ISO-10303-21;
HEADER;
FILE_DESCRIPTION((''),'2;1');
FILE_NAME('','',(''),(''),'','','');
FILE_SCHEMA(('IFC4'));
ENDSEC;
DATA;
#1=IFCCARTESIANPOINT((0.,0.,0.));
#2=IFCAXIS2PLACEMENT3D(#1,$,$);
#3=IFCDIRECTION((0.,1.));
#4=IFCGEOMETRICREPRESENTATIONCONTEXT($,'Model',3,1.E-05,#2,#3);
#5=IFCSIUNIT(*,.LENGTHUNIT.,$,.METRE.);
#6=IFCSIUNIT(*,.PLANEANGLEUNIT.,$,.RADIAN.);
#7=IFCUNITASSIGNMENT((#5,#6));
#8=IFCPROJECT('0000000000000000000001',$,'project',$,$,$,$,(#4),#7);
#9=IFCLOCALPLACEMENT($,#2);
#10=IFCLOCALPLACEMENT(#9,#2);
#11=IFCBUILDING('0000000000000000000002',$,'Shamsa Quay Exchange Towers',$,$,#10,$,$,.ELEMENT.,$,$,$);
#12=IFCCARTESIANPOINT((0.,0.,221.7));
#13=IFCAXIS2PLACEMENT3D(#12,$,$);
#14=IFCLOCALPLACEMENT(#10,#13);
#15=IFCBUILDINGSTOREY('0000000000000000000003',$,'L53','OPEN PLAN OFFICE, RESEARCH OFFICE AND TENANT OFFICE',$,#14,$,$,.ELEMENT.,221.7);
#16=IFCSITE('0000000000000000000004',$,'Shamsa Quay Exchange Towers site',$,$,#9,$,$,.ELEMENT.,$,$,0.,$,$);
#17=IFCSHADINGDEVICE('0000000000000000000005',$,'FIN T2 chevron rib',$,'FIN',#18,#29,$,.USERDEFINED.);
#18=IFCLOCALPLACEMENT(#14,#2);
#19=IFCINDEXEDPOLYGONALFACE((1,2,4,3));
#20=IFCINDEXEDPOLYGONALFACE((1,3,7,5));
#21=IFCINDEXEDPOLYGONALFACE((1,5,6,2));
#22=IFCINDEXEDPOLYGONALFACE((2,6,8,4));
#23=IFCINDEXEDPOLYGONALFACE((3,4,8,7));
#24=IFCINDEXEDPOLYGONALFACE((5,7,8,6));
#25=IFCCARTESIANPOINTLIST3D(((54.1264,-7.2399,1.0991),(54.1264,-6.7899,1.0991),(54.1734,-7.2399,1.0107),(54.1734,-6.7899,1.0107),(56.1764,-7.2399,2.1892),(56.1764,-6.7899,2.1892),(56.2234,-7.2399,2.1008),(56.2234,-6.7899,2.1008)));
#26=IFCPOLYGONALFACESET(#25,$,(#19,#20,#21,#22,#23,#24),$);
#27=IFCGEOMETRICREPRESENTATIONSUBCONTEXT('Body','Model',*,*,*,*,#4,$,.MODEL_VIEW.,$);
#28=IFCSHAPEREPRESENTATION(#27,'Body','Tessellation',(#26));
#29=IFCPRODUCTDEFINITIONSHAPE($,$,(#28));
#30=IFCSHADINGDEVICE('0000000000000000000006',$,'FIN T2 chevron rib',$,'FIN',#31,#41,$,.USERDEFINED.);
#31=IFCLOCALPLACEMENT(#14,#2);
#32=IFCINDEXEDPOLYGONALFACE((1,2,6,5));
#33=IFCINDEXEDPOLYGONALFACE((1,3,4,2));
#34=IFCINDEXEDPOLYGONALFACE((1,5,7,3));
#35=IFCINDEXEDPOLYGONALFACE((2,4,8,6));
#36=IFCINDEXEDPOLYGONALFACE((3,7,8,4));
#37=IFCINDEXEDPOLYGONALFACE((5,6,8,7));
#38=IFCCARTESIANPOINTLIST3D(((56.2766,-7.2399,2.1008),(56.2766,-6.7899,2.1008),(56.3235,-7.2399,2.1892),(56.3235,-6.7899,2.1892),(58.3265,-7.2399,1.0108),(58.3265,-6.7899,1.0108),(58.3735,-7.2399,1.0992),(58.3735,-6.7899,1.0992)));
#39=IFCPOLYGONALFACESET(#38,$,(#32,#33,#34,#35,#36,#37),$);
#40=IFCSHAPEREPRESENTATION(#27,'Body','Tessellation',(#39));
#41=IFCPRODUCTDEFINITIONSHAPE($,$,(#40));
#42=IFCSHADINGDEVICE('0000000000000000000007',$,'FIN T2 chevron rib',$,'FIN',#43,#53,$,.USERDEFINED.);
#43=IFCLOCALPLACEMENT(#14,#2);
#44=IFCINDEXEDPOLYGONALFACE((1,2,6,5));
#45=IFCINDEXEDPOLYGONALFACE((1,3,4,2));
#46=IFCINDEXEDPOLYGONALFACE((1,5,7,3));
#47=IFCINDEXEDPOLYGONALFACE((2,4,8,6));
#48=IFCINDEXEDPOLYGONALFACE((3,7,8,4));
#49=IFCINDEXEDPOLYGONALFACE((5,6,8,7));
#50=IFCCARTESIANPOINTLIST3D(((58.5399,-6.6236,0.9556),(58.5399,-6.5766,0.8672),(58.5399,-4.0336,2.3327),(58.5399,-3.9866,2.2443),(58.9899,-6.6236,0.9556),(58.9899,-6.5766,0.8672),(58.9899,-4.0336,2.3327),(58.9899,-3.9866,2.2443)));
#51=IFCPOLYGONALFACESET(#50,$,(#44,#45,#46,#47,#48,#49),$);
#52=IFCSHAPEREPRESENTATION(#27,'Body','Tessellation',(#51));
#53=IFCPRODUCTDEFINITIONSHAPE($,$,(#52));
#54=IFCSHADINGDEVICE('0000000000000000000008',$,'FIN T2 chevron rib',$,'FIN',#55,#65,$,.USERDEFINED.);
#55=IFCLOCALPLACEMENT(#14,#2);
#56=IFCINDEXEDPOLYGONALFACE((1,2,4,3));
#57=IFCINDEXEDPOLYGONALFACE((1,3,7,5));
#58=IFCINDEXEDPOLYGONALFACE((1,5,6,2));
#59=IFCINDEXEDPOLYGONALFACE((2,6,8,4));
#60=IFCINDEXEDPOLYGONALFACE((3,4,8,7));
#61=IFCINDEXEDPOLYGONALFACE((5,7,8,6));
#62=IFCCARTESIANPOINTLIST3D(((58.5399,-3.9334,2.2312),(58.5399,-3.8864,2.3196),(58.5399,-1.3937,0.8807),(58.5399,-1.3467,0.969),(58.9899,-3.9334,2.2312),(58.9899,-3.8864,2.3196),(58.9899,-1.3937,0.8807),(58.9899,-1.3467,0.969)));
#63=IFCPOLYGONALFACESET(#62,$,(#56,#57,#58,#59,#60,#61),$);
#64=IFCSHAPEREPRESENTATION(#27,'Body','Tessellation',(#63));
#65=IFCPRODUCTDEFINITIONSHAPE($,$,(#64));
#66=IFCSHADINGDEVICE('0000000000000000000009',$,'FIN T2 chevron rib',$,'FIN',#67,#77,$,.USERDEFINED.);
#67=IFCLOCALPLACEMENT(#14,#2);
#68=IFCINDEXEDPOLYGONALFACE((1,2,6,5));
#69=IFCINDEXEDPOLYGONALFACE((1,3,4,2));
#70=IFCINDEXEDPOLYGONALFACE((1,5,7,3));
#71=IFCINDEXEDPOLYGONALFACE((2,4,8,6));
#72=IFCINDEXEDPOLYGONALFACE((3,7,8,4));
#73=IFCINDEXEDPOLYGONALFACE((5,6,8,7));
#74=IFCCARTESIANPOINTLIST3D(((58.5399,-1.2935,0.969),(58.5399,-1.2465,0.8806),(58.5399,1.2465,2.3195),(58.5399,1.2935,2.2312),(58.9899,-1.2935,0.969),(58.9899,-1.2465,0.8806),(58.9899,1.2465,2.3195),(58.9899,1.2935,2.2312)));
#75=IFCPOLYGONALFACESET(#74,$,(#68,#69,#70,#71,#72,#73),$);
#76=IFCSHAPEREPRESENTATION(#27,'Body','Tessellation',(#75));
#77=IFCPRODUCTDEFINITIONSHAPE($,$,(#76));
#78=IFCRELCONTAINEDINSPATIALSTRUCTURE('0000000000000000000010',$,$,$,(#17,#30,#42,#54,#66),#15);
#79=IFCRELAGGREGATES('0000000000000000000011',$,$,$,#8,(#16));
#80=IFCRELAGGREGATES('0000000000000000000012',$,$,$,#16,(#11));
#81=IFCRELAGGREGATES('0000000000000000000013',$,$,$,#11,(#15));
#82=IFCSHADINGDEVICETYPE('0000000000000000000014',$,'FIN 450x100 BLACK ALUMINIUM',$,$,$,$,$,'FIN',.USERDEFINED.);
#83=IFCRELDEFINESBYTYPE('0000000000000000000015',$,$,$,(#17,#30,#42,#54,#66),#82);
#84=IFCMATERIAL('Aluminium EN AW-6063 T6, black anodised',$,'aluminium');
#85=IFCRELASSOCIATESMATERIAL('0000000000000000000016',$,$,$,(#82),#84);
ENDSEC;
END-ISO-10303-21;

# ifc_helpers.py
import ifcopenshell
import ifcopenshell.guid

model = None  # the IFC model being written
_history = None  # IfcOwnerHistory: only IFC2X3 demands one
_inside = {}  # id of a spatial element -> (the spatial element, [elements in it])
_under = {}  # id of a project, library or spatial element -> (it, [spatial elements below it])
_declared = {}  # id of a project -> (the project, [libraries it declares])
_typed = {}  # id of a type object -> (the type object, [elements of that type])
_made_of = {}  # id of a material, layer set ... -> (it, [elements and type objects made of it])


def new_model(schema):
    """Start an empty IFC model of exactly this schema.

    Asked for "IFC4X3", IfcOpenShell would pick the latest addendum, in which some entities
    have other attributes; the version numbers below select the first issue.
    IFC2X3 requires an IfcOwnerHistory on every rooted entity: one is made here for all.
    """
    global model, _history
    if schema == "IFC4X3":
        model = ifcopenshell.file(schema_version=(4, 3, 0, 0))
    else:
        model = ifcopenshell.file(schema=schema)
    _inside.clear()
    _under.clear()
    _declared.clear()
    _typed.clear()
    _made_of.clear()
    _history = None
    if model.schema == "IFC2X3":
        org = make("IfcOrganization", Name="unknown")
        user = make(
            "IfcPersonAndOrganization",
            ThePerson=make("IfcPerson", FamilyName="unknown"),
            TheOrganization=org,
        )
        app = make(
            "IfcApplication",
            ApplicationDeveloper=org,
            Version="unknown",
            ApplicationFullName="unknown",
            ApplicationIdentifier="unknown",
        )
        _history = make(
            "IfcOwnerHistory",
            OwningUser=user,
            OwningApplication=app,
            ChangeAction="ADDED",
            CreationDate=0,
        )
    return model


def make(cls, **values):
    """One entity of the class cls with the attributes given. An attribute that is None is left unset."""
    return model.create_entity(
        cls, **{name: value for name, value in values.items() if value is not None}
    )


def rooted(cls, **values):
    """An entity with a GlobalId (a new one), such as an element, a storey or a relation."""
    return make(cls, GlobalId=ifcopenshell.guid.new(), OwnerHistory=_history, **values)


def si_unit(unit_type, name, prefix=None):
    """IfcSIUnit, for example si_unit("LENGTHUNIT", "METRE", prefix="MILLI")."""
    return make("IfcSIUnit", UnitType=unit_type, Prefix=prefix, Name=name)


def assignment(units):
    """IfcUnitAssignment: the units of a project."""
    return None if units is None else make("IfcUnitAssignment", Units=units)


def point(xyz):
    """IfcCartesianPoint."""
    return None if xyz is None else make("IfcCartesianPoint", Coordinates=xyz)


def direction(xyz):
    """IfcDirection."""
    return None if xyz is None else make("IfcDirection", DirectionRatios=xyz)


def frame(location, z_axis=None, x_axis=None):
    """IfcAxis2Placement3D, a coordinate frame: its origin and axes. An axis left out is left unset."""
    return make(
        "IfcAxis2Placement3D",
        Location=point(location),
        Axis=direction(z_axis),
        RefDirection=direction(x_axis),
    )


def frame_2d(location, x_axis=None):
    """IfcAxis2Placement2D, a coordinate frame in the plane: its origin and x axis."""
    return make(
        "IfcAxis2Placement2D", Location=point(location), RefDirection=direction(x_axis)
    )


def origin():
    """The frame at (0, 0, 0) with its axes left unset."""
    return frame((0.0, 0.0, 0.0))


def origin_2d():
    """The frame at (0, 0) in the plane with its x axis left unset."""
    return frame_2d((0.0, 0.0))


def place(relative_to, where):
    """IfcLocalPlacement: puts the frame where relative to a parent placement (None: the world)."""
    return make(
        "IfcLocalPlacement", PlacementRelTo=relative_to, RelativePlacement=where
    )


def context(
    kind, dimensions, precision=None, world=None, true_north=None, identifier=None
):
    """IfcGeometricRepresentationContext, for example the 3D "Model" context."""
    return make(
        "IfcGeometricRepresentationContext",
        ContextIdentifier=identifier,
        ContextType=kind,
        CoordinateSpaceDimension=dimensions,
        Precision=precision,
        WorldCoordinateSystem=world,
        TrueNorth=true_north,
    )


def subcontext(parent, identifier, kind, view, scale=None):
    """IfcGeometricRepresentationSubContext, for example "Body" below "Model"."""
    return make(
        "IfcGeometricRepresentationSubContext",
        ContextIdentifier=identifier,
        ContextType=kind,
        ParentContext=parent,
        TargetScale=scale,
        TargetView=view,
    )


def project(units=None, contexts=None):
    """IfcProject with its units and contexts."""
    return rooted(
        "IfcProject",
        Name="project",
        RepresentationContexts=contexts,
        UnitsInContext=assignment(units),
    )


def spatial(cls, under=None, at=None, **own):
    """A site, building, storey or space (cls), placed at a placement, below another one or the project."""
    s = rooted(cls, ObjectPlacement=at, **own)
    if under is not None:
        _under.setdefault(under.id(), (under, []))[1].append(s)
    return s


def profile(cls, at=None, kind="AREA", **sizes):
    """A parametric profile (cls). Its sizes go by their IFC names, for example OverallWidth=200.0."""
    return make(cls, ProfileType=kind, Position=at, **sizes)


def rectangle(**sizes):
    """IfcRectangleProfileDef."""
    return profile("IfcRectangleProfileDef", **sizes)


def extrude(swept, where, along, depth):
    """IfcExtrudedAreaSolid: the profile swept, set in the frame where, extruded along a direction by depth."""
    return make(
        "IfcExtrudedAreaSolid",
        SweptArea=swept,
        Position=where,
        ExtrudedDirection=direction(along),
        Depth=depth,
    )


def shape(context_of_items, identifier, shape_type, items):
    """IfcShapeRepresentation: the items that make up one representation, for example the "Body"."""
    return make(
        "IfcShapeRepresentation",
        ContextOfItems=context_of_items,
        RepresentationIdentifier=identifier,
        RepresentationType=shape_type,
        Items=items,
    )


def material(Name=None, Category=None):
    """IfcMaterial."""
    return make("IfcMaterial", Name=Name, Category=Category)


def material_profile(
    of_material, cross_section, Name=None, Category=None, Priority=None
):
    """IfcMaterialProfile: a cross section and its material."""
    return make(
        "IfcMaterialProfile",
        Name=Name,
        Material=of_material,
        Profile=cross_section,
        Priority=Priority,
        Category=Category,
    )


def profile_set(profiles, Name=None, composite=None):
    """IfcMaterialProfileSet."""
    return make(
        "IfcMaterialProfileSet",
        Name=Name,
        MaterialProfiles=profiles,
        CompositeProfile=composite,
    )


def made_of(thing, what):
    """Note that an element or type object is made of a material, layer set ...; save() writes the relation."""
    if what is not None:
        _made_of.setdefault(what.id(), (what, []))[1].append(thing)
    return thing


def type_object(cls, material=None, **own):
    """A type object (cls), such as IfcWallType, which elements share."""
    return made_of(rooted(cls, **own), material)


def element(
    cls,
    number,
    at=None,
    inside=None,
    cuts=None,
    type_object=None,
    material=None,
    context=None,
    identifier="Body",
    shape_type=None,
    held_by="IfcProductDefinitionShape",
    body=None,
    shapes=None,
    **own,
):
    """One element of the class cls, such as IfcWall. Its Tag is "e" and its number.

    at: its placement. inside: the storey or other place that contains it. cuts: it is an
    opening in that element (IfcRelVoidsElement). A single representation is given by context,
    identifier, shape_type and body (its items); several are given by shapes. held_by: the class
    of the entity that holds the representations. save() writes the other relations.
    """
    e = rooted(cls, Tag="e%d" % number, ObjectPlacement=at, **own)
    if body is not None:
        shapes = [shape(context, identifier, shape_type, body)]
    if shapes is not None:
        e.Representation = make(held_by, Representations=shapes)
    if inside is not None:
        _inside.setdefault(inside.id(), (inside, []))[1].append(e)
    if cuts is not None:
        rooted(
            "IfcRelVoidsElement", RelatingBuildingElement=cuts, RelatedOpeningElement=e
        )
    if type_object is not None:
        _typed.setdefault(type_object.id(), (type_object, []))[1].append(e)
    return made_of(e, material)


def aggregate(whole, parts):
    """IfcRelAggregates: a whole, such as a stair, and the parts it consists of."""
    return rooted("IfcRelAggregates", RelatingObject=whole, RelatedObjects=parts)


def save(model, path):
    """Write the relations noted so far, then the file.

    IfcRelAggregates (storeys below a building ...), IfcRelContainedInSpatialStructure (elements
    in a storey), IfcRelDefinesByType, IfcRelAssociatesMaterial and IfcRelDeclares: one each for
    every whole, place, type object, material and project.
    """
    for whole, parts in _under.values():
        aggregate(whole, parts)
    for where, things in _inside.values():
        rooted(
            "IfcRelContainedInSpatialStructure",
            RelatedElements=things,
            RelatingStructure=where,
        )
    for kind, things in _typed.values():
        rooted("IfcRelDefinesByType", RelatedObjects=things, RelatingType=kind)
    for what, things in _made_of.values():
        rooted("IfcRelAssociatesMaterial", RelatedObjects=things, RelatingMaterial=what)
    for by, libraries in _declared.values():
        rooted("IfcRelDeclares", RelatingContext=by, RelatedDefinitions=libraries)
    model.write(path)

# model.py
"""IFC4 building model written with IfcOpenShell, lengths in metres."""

from ifc_helpers import new_model, si_unit, direction, frame, origin, origin_2d, place, context, subcontext, project, spatial, rectangle, extrude, material, material_profile, profile_set, type_object, element, save


model = new_model("IFC4")

# Units and contexts
model_context = context("Model", 3, precision=1e-05, world=origin(), true_north=direction((0.0, 1.0)))
body_context = subcontext(model_context, "Body", "Model", "MODEL_VIEW")
ifc_project = project(units=[si_unit("LENGTHUNIT", "METRE"), si_unit("PLANEANGLEUNIT", "RADIAN")], contexts=[model_context])

# Site, building, storey
site_placement = place(None, origin())
site = spatial("IfcSite", under=ifc_project, at=site_placement, Name="Shamsa Quay Exchange Towers site", CompositionType="ELEMENT", RefElevation=0.0)
building_placement = place(site_placement, origin())
building = spatial("IfcBuilding", under=site, at=building_placement, Name="Shamsa Quay Exchange Towers", CompositionType="ELEMENT")
storey_placement = place(building_placement, frame((0.0, 0.0, 221.7)))
storey = spatial("IfcBuildingStorey", under=building, at=storey_placement, Name="L53", Description="OPEN PLAN OFFICE, RESEARCH OFFICE AND TENANT OFFICE", CompositionType="ELEMENT", Elevation=221.7)

# Shared definitions
ifc_material_1 = material(Name="Aluminium EN AW-6063 T6, black anodised", Category="aluminium")

# Shading devices
ifc_material_profile_1 = material_profile(ifc_material_1, rectangle(XDim=0.45, YDim=0.1001, at=origin_2d()), Name="FIN450x100")
ifc_profile_set_1 = profile_set([ifc_material_profile_1], Name="Aluminium EN AW-6063 T6, black anodised")
shading_device_type = type_object("IfcShadingDeviceType", Name="FIN 450x100 BLACK ALUMINIUM", ElementType="FIN", PredefinedType="USERDEFINED", material=ifc_profile_set_1)
for number, where, z_axis, x_axis, name in (
    (1, (54.1499, -7.0149, 1.0549), (0.882937, 0.0, 0.469491), (0.0, 1.0, 0.0), "FIN T2 chevron rib"),
    (2, (56.3, -7.0149, 2.145), (0.882937, 0.0, -0.469491), (0.0, 1.0, 0.0), "FIN T2 chevron rib"),
):
    element("IfcShadingDevice", number, at=place(storey_placement, frame(where, z_axis=z_axis, x_axis=x_axis)), inside=storey, type_object=shading_device_type, Name=name, ObjectType="FIN", PredefinedType="USERDEFINED", context=body_context, shape_type="SweptSolid", body=[
        extrude(rectangle(XDim=0.45, YDim=0.1001, at=origin_2d()), origin(), (0.0, 0.0, 1.0), 2.3218),
    ])
shading_device_1_placement = place(storey_placement, frame((58.7649, -6.6001, 0.9114), z_axis=(0.0, 0.882944, 0.469478), x_axis=(-1.0, 0.0, 0.0)))
element("IfcShadingDevice", 3, at=shading_device_1_placement, inside=storey, type_object=shading_device_type, Name="FIN T2 chevron rib", ObjectType="FIN", PredefinedType="USERDEFINED", context=body_context, shape_type="SweptSolid", body=[
    extrude(rectangle(XDim=0.45, YDim=0.1001, at=origin_2d()), origin(), (0.0, 0.0, 1.0), 2.9333),
])
shading_device_2_placement = place(storey_placement, frame((58.7649, -3.9099, 2.2754), z_axis=(0.0, 0.882926, -0.469513), x_axis=(-1.0, 0.0, 0.0)))
element("IfcShadingDevice", 4, at=shading_device_2_placement, inside=storey, type_object=shading_device_type, Name="FIN T2 chevron rib", ObjectType="FIN", PredefinedType="USERDEFINED", context=body_context, shape_type="SweptSolid", body=[
    extrude(rectangle(XDim=0.45, YDim=0.1001, at=origin_2d()), origin(), (0.0, 0.0, 1.0), 2.8765),
])
shading_device_3_placement = place(storey_placement, frame((58.7649, -1.27, 0.9248), z_axis=(0.0, 0.882944, 0.469478), x_axis=(-1.0, 0.0, 0.0)))
element("IfcShadingDevice", 5, at=shading_device_3_placement, inside=storey, type_object=shading_device_type, Name="FIN T2 chevron rib", ObjectType="FIN", PredefinedType="USERDEFINED", context=body_context, shape_type="SweptSolid", body=[
    extrude(rectangle(XDim=0.45, YDim=0.1001, at=origin_2d()), origin(), (0.0, 0.0, 1.0), 2.8767),
])

save(model, "model.ifc")
